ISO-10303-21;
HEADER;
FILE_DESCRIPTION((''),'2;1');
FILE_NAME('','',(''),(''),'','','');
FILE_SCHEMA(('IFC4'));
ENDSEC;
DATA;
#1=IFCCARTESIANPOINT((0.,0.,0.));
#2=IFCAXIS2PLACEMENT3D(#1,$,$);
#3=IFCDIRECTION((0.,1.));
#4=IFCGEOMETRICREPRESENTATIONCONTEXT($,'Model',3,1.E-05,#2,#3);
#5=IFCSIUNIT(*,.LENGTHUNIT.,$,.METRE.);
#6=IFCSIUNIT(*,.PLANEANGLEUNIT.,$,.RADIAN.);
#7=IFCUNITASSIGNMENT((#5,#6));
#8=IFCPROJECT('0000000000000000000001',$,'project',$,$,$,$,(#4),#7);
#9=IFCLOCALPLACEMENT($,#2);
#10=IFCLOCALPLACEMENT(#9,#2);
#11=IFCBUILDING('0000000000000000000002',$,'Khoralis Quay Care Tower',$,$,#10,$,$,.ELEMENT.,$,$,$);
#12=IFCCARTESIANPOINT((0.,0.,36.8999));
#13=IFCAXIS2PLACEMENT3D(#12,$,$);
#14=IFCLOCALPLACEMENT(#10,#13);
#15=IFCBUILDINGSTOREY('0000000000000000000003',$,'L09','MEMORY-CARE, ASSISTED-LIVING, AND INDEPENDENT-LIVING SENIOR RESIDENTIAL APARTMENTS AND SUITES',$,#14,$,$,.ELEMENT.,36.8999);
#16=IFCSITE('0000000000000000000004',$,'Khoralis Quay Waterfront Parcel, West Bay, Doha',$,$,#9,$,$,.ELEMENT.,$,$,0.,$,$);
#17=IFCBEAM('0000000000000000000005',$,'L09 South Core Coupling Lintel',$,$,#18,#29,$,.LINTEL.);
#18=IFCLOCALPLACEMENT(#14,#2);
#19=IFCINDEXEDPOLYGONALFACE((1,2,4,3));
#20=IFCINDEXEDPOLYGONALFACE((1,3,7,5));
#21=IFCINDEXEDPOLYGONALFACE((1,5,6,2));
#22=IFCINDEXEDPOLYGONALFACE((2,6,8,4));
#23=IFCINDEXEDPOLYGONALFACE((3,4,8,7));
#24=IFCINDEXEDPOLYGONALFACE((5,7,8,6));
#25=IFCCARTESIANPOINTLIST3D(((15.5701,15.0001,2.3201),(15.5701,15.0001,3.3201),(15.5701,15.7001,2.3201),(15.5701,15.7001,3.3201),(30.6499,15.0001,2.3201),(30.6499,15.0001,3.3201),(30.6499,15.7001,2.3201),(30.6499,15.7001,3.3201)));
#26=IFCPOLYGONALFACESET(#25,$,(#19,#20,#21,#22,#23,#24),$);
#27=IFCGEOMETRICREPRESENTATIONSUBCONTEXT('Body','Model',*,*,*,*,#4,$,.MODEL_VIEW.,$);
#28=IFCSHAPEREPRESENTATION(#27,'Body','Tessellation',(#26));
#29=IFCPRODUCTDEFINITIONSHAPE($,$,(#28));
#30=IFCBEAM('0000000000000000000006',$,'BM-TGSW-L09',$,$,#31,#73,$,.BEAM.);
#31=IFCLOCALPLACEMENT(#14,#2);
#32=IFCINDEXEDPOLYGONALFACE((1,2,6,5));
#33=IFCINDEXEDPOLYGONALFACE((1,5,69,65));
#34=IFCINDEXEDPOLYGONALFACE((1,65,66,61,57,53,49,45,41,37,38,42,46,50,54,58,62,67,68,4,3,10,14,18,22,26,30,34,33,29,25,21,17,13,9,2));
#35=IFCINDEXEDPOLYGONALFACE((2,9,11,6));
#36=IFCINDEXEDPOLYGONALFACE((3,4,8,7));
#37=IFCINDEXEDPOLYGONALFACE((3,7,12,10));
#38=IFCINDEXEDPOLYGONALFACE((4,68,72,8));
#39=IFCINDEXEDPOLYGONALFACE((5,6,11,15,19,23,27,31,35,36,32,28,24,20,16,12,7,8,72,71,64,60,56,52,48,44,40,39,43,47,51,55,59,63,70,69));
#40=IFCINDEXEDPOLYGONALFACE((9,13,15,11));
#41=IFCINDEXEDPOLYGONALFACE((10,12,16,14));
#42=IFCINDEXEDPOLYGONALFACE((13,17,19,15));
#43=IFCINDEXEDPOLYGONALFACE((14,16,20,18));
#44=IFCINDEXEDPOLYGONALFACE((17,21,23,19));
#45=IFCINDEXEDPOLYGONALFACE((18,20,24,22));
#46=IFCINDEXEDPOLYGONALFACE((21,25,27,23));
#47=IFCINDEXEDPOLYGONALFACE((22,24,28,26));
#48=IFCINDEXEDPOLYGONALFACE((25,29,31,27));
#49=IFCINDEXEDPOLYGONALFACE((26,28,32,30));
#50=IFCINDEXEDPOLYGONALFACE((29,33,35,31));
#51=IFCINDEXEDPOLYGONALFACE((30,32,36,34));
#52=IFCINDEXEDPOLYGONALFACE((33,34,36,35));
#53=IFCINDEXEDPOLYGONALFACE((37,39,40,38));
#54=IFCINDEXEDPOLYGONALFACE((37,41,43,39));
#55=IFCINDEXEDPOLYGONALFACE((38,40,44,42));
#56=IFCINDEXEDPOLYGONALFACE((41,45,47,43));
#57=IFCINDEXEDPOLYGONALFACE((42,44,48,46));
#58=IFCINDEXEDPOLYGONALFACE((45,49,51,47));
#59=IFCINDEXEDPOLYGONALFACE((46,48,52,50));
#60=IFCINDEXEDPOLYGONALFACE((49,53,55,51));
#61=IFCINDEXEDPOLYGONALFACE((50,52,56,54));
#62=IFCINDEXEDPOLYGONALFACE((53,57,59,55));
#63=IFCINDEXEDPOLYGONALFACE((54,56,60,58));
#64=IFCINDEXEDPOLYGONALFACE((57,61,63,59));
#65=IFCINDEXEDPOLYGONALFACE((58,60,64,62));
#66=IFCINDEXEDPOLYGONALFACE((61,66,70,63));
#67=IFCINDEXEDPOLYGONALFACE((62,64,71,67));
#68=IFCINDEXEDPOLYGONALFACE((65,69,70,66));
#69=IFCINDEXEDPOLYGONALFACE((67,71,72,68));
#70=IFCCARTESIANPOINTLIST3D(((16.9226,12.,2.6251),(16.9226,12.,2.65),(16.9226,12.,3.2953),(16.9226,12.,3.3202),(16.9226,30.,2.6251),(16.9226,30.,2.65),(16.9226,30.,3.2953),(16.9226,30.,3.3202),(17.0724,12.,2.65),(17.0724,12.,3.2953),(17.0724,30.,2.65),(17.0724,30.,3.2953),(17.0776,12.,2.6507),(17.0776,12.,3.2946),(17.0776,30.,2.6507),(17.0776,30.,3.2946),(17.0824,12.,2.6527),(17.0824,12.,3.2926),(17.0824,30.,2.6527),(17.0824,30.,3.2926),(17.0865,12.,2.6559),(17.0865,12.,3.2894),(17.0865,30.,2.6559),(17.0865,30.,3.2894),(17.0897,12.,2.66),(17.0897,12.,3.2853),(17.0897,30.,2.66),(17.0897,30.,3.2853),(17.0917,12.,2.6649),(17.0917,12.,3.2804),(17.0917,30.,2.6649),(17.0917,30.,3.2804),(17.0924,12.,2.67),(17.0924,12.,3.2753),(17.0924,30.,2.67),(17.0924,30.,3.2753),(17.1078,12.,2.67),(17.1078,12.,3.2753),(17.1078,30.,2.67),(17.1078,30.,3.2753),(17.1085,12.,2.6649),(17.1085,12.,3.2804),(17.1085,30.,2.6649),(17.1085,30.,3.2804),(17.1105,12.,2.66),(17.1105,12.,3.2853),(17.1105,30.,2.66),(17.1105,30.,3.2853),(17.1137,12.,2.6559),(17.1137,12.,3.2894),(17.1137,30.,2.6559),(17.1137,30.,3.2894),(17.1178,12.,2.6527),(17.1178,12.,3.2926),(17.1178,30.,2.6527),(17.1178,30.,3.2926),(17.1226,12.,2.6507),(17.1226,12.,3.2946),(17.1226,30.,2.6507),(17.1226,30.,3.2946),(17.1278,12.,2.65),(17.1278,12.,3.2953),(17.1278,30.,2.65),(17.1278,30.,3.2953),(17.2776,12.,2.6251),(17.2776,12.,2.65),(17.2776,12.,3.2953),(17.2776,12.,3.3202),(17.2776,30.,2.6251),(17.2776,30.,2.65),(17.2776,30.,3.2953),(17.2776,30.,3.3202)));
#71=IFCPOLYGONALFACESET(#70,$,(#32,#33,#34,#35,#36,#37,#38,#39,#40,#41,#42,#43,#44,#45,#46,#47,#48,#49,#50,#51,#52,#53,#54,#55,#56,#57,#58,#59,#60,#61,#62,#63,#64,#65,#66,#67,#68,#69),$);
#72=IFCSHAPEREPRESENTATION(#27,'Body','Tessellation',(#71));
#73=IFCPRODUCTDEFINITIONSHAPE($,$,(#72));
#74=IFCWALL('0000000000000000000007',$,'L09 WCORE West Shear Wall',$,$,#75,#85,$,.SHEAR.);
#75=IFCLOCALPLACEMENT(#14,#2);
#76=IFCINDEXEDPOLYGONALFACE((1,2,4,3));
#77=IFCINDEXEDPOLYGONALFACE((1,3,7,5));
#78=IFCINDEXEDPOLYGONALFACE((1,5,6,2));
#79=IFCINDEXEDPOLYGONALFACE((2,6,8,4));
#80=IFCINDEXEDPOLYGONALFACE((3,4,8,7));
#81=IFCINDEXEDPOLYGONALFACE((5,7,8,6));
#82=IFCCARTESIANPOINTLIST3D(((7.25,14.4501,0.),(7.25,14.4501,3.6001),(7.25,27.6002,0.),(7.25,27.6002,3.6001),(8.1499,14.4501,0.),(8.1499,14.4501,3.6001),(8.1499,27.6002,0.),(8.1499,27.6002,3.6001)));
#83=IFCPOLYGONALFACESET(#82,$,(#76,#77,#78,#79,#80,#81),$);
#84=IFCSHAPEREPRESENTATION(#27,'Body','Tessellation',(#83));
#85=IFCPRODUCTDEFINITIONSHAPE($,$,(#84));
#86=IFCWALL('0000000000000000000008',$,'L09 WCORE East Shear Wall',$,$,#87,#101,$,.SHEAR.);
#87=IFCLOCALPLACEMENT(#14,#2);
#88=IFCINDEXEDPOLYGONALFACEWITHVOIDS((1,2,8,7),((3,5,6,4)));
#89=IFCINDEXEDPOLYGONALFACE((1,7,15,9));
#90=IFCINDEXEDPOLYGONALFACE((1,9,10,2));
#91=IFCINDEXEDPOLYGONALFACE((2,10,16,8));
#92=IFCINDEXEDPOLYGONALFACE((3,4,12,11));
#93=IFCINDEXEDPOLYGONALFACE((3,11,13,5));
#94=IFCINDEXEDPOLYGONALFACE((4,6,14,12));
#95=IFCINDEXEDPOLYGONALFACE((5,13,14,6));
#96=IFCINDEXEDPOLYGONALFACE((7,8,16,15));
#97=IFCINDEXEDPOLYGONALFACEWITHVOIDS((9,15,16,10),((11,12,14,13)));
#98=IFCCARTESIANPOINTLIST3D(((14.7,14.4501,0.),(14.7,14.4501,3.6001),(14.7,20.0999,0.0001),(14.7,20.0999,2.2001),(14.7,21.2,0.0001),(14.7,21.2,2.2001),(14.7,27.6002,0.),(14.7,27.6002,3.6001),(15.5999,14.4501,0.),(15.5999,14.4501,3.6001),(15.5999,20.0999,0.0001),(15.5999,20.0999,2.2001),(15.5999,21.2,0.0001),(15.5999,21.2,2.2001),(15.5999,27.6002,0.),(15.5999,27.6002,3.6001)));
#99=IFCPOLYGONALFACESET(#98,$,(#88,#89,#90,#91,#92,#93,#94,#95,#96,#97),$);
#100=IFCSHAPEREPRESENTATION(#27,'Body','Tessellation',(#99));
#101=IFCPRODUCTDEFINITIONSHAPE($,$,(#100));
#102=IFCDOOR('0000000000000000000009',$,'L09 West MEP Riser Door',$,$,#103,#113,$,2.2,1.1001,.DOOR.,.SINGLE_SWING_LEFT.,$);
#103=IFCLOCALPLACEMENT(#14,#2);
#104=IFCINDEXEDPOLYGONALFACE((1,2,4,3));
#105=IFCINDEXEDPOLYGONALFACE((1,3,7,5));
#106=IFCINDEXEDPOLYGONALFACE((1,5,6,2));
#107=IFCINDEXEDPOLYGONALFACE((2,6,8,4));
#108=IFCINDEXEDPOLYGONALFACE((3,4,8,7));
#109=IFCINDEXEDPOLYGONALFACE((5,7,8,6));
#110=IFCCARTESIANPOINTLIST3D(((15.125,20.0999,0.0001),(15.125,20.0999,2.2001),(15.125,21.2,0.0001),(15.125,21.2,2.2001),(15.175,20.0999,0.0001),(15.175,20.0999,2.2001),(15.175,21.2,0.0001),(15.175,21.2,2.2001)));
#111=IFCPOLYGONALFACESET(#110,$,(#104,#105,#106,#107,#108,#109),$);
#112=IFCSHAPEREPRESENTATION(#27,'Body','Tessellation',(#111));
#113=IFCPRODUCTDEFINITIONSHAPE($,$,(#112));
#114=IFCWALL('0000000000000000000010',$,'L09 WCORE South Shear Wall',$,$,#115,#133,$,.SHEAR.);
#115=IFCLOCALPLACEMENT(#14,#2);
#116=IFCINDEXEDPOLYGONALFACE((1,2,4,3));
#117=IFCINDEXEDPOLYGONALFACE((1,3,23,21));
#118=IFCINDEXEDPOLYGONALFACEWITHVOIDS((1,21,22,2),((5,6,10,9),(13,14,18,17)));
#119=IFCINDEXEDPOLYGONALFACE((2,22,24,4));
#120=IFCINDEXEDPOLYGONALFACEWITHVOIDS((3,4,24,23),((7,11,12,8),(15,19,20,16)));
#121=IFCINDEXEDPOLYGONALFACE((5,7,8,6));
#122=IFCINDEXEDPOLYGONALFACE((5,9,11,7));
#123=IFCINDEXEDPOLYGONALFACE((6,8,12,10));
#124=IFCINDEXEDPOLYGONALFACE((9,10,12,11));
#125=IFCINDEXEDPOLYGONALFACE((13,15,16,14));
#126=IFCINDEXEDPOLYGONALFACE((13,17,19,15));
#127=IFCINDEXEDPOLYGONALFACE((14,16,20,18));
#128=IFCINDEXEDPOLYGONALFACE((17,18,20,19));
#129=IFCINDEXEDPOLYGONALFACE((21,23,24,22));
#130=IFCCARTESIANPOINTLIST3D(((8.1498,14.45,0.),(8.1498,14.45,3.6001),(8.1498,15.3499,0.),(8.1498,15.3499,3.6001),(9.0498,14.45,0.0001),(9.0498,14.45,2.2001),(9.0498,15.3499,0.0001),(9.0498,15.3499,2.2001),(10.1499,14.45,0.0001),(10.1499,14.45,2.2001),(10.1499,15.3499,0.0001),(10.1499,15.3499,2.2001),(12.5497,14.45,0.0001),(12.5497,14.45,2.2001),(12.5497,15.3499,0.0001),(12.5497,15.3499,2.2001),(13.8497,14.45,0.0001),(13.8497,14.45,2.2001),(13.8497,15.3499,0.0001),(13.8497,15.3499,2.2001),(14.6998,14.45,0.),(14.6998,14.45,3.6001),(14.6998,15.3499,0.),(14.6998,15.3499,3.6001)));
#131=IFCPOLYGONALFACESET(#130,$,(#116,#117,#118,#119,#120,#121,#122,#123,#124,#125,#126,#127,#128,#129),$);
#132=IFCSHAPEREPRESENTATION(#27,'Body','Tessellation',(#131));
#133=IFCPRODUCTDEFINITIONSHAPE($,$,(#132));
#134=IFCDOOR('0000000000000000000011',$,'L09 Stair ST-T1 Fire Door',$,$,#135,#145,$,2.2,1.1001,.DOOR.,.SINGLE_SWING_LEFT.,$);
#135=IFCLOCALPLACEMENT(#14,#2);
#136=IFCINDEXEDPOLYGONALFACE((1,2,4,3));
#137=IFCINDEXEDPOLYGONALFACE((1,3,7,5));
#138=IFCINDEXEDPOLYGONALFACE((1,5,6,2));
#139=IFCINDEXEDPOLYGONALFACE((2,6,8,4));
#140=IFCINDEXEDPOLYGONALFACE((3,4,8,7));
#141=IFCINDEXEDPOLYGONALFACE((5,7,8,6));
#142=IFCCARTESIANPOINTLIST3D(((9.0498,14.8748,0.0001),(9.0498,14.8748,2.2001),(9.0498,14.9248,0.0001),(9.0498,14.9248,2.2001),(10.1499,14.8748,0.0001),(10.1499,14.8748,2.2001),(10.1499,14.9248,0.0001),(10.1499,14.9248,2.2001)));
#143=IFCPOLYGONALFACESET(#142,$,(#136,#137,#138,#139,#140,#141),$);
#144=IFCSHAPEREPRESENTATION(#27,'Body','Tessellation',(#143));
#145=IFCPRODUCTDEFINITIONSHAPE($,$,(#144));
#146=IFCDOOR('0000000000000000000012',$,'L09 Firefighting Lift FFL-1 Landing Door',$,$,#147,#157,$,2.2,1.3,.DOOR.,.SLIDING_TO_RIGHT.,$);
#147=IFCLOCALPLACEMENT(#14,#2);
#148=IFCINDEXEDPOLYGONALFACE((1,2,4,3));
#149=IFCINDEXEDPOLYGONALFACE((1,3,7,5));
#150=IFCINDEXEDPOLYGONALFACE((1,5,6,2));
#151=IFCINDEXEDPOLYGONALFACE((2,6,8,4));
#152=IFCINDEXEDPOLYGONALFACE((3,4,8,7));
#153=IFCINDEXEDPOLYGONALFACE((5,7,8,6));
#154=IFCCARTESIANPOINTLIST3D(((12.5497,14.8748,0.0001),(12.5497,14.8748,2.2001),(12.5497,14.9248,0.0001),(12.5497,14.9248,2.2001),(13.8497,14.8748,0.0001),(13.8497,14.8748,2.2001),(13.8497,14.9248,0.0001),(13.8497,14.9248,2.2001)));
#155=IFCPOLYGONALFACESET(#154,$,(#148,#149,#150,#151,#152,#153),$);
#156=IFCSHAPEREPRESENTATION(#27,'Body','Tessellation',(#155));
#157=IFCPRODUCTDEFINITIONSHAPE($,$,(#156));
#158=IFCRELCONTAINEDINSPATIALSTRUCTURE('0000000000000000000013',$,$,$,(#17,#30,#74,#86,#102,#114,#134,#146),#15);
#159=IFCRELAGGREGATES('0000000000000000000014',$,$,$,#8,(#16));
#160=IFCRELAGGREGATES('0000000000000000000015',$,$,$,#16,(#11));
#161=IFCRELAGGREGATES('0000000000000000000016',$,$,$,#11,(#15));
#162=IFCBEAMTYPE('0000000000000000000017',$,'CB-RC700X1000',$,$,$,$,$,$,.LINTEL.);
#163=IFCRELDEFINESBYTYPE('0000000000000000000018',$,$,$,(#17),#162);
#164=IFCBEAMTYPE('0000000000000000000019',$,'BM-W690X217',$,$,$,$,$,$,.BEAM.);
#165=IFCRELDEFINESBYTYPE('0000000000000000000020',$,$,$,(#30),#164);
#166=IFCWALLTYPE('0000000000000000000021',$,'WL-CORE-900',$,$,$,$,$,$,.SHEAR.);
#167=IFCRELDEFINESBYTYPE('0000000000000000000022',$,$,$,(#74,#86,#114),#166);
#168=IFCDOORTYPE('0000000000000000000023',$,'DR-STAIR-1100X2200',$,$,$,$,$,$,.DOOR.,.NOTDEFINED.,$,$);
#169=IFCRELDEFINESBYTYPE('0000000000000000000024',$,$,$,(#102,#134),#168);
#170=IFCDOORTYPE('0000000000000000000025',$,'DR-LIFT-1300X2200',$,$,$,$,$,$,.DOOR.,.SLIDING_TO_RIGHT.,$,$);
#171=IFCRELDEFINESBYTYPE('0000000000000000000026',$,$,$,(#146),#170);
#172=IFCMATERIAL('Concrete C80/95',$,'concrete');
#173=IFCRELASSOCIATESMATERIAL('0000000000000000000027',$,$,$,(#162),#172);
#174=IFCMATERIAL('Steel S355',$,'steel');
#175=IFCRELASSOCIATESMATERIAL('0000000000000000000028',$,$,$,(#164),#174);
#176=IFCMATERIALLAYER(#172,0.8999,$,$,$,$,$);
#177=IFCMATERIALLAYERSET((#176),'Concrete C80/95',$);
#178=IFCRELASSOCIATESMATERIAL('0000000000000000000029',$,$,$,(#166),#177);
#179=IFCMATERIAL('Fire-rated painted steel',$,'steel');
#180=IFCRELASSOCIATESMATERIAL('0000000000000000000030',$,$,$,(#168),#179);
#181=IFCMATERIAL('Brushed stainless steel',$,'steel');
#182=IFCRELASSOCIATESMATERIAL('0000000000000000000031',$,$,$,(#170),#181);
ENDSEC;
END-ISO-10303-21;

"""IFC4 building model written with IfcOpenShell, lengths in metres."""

from ifc_helpers import new_model, si_unit, direction, frame, frame_2d, origin, origin_2d, place, context, subcontext, project, spatial, rectangle, i_section, extrude, source, transform, mapped, material, layer, layer_set, material_profile, profile_set, type_object, element, fill, save


model = new_model("IFC4")

# Units and contexts
model_context = context("Model", 3, precision=1e-05, world=origin(), true_north=direction((0.0, 1.0)))
body_context = subcontext(model_context, "Body", "Model", "MODEL_VIEW")
ifc_project = project(units=[si_unit("LENGTHUNIT", "METRE"), si_unit("PLANEANGLEUNIT", "RADIAN")], contexts=[model_context])

# Site, building, storey
site_placement = place(None, origin())
site = spatial("IfcSite", under=ifc_project, at=site_placement, Name="Khoralis Quay Waterfront Parcel, West Bay, Doha", CompositionType="ELEMENT", RefElevation=0.0)
building_placement = place(site_placement, origin())
building = spatial("IfcBuilding", under=site, at=building_placement, Name="Khoralis Quay Care Tower", CompositionType="ELEMENT")
storey_placement = place(building_placement, frame((0.0, 0.0, 36.8999)))
storey = spatial("IfcBuildingStorey", under=building, at=storey_placement, Name="L09", Description="MEMORY-CARE, ASSISTED-LIVING, AND INDEPENDENT-LIVING SENIOR RESIDENTIAL APARTMENTS AND SUITES", CompositionType="ELEMENT", Elevation=36.8999)

# Beams
ifc_material_1 = material(Name="Concrete C80/95", Category="concrete")
ifc_material_profile_1 = material_profile(ifc_material_1, rectangle(XDim=0.7, YDim=1.0, at=origin_2d()), Name="Concrete C80/95")
ifc_profile_set_1 = profile_set([ifc_material_profile_1], Name="Concrete C80/95")
beam_type_1 = type_object("IfcBeamType", Name="CB-RC700X1000", PredefinedType="LINTEL", material=ifc_profile_set_1)
shared_shape_1 = source(origin(), body_context, "Body", "SweptSolid", [
    extrude(rectangle(XDim=0.7, YDim=1.0, at=origin_2d()), origin(), (0.0, 0.0, 1.0), 15.0798),
])
beam_1_placement = place(storey_placement, frame((15.5701, 15.3501, 2.8201), z_axis=(1.0, 0.0, 0.0), x_axis=(0.0, 1.0, 0.0)))
element("IfcBeam", 1, at=beam_1_placement, inside=storey, type_object=beam_type_1, Name="L09 South Core Coupling Lintel", PredefinedType="LINTEL", context=body_context, shape_type="MappedRepresentation", body=[
    mapped(shared_shape_1, transform((0.0, 0.0, 0.0), scale=1.0)),
])
ifc_material_2 = material(Name="Steel S355", Category="steel")
ifc_material_profile_2 = material_profile(ifc_material_2, i_section(OverallWidth=0.355, OverallDepth=0.6951, WebThickness=0.0154, FlangeThickness=0.0249, FilletRadius=0.02, at=origin_2d()), Name="Steel S355")
ifc_profile_set_2 = profile_set([ifc_material_profile_2], Name="Steel S355")
beam_type_2 = type_object("IfcBeamType", Name="BM-W690X217", PredefinedType="BEAM", material=ifc_profile_set_2)
shared_shape_2 = source(origin(), body_context, "Body", "SweptSolid", [
    extrude(i_section(OverallWidth=0.355, OverallDepth=0.6951, WebThickness=0.0154, FlangeThickness=0.0249, FilletRadius=0.02, at=origin_2d()), origin(), (0.0, 0.0, 1.0), 18.0),
])
beam_2_placement = place(storey_placement, frame((17.1001, 12.0, 2.9727), z_axis=(0.0, 1.0, 0.0), x_axis=(-1.0, 0.0, 0.0)))
element("IfcBeam", 2, at=beam_2_placement, inside=storey, type_object=beam_type_2, Name="BM-TGSW-L09", PredefinedType="BEAM", context=body_context, shape_type="MappedRepresentation", body=[
    mapped(shared_shape_2, transform((0.0, 0.0, 0.0), scale=1.0)),
])

# Wall
ifc_layer_1 = layer(ifc_material_1, 0.8999)
ifc_layer_set_1 = layer_set([ifc_layer_1], Name="Concrete C80/95")
wall_type_1 = type_object("IfcWallType", Name="WL-CORE-900", PredefinedType="SHEAR", material=ifc_layer_set_1)
wall_1_placement = place(storey_placement, frame((7.7, 14.45, 0.0), z_axis=(0.0, 0.0, 1.0), x_axis=(0.0, 1.0, 0.0)))
element("IfcWall", 3, at=wall_1_placement, inside=storey, type_object=wall_type_1, Name="L09 WCORE West Shear Wall", PredefinedType="SHEAR", context=body_context, shape_type="SweptSolid", body=[
    extrude(rectangle(XDim=13.1501, YDim=0.8999, at=frame_2d((6.5752, 0.0))), origin(), (0.0, 0.0, 1.0), 3.6001),
])

# Wall, opening, door
wall_2_placement = place(storey_placement, frame((15.1499, 14.45, 0.0), z_axis=(0.0, 0.0, 1.0), x_axis=(0.0, 1.0, 0.0)))
wall_2 = element("IfcWall", 4, at=wall_2_placement, inside=storey, type_object=wall_type_1, Name="L09 WCORE East Shear Wall", PredefinedType="SHEAR", context=body_context, shape_type="SweptSolid", body=[
    extrude(rectangle(XDim=13.1501, YDim=0.8999, at=frame_2d((6.5752, 0.0))), origin(), (0.0, 0.0, 1.0), 3.6001),
])
opening_1_placement = place(wall_2_placement, frame((5.6499, 0.0, 0.0)))
opening_1 = element("IfcOpeningElement", 5, at=opening_1_placement, cuts=wall_2, PredefinedType="OPENING", context=body_context, shape_type="SweptSolid", body=[
    extrude(rectangle(XDim=1.1001, YDim=2.2, at=frame_2d((0.55, 1.1001))), frame((0.0, 0.46, 0.0), z_axis=(0.0, -1.0, 0.0), x_axis=(1.0, 0.0, 0.0)), (0.0, 0.0, 1.0), 0.9199),
])
ifc_material_3 = material(Name="Fire-rated painted steel", Category="steel")
door_type_1 = type_object("IfcDoorType", Name="DR-STAIR-1100X2200", OperationType="NOTDEFINED", PredefinedType="DOOR", material=ifc_material_3)
shared_shape_3 = source(origin(), body_context, "Body", "SweptSolid", [
    extrude(rectangle(XDim=1.1001, YDim=2.2, at=frame_2d((0.55, 1.1001))), frame((0.0, 0.0249, 0.0), z_axis=(0.0, -1.0, 0.0), x_axis=(1.0, 0.0, 0.0)), (0.0, 0.0, 1.0), 0.05),
])
door_1_placement = place(opening_1_placement, origin())
door_1 = element("IfcDoor", 6, at=door_1_placement, inside=storey, type_object=door_type_1, Name="L09 West MEP Riser Door", OperationType="SINGLE_SWING_LEFT", OverallHeight=2.2, OverallWidth=1.1001, PredefinedType="DOOR", context=body_context, shape_type="MappedRepresentation", body=[
    mapped(shared_shape_3, transform((0.0, 0.0, 0.0), scale=1.0)),
])
fill(opening_1, door_1)

# Wall, openings, doors
wall_3_placement = place(storey_placement, frame((8.1499, 14.8999, 0.0), z_axis=(0.0, 0.0, 1.0), x_axis=(1.0, 0.0, 0.0)))
wall_3 = element("IfcWall", 7, at=wall_3_placement, inside=storey, type_object=wall_type_1, Name="L09 WCORE South Shear Wall", PredefinedType="SHEAR", context=body_context, shape_type="SweptSolid", body=[
    extrude(rectangle(XDim=6.55, YDim=0.8999, at=frame_2d((3.2749, 0.0))), origin(), (0.0, 0.0, 1.0), 3.6001),
])
opening_2_placement = place(wall_3_placement, frame((0.8999, 0.0, 0.0)))
opening_2 = element("IfcOpeningElement", 8, at=opening_2_placement, cuts=wall_3, PredefinedType="OPENING", context=body_context, shape_type="SweptSolid", body=[
    extrude(rectangle(XDim=1.1001, YDim=2.2, at=frame_2d((0.55, 1.1001))), frame((0.0, 0.46, 0.0), z_axis=(0.0, -1.0, 0.0), x_axis=(1.0, 0.0, 0.0)), (0.0, 0.0, 1.0), 0.9199),
])
opening_3_placement = place(wall_3_placement, frame((4.3999, 0.0, 0.0)))
opening_3 = element("IfcOpeningElement", 9, at=opening_3_placement, cuts=wall_3, PredefinedType="OPENING", context=body_context, shape_type="SweptSolid", body=[
    extrude(rectangle(XDim=1.3, YDim=2.2, at=frame_2d((0.6499, 1.1001))), frame((0.0, 0.46, 0.0), z_axis=(0.0, -1.0, 0.0), x_axis=(1.0, 0.0, 0.0)), (0.0, 0.0, 1.0), 0.9199),
])
door_2_placement = place(opening_2_placement, origin())
door_2 = element("IfcDoor", 10, at=door_2_placement, inside=storey, type_object=door_type_1, Name="L09 Stair ST-T1 Fire Door", OperationType="SINGLE_SWING_LEFT", OverallHeight=2.2, OverallWidth=1.1001, PredefinedType="DOOR", context=body_context, shape_type="MappedRepresentation", body=[
    mapped(shared_shape_3, transform((0.0, 0.0, 0.0), scale=1.0)),
])
fill(opening_2, door_2)
ifc_material_4 = material(Name="Brushed stainless steel", Category="steel")
door_type_2 = type_object("IfcDoorType", Name="DR-LIFT-1300X2200", OperationType="SLIDING_TO_RIGHT", PredefinedType="DOOR", material=ifc_material_4)
shared_shape_4 = source(origin(), body_context, "Body", "SweptSolid", [
    extrude(rectangle(XDim=1.3, YDim=2.2, at=frame_2d((0.6499, 1.1001))), frame((0.0, 0.0249, 0.0), z_axis=(0.0, -1.0, 0.0), x_axis=(1.0, 0.0, 0.0)), (0.0, 0.0, 1.0), 0.05),
])
door_3_placement = place(opening_3_placement, origin())
door_3 = element("IfcDoor", 11, at=door_3_placement, inside=storey, type_object=door_type_2, Name="L09 Firefighting Lift FFL-1 Landing Door", OperationType="SLIDING_TO_RIGHT", OverallHeight=2.2, OverallWidth=1.3, PredefinedType="DOOR", context=body_context, shape_type="MappedRepresentation", body=[
    mapped(shared_shape_4, transform((0.0, 0.0, 0.0), scale=1.0)),
])
fill(opening_3, door_3)

save(model, "model.ifc")
